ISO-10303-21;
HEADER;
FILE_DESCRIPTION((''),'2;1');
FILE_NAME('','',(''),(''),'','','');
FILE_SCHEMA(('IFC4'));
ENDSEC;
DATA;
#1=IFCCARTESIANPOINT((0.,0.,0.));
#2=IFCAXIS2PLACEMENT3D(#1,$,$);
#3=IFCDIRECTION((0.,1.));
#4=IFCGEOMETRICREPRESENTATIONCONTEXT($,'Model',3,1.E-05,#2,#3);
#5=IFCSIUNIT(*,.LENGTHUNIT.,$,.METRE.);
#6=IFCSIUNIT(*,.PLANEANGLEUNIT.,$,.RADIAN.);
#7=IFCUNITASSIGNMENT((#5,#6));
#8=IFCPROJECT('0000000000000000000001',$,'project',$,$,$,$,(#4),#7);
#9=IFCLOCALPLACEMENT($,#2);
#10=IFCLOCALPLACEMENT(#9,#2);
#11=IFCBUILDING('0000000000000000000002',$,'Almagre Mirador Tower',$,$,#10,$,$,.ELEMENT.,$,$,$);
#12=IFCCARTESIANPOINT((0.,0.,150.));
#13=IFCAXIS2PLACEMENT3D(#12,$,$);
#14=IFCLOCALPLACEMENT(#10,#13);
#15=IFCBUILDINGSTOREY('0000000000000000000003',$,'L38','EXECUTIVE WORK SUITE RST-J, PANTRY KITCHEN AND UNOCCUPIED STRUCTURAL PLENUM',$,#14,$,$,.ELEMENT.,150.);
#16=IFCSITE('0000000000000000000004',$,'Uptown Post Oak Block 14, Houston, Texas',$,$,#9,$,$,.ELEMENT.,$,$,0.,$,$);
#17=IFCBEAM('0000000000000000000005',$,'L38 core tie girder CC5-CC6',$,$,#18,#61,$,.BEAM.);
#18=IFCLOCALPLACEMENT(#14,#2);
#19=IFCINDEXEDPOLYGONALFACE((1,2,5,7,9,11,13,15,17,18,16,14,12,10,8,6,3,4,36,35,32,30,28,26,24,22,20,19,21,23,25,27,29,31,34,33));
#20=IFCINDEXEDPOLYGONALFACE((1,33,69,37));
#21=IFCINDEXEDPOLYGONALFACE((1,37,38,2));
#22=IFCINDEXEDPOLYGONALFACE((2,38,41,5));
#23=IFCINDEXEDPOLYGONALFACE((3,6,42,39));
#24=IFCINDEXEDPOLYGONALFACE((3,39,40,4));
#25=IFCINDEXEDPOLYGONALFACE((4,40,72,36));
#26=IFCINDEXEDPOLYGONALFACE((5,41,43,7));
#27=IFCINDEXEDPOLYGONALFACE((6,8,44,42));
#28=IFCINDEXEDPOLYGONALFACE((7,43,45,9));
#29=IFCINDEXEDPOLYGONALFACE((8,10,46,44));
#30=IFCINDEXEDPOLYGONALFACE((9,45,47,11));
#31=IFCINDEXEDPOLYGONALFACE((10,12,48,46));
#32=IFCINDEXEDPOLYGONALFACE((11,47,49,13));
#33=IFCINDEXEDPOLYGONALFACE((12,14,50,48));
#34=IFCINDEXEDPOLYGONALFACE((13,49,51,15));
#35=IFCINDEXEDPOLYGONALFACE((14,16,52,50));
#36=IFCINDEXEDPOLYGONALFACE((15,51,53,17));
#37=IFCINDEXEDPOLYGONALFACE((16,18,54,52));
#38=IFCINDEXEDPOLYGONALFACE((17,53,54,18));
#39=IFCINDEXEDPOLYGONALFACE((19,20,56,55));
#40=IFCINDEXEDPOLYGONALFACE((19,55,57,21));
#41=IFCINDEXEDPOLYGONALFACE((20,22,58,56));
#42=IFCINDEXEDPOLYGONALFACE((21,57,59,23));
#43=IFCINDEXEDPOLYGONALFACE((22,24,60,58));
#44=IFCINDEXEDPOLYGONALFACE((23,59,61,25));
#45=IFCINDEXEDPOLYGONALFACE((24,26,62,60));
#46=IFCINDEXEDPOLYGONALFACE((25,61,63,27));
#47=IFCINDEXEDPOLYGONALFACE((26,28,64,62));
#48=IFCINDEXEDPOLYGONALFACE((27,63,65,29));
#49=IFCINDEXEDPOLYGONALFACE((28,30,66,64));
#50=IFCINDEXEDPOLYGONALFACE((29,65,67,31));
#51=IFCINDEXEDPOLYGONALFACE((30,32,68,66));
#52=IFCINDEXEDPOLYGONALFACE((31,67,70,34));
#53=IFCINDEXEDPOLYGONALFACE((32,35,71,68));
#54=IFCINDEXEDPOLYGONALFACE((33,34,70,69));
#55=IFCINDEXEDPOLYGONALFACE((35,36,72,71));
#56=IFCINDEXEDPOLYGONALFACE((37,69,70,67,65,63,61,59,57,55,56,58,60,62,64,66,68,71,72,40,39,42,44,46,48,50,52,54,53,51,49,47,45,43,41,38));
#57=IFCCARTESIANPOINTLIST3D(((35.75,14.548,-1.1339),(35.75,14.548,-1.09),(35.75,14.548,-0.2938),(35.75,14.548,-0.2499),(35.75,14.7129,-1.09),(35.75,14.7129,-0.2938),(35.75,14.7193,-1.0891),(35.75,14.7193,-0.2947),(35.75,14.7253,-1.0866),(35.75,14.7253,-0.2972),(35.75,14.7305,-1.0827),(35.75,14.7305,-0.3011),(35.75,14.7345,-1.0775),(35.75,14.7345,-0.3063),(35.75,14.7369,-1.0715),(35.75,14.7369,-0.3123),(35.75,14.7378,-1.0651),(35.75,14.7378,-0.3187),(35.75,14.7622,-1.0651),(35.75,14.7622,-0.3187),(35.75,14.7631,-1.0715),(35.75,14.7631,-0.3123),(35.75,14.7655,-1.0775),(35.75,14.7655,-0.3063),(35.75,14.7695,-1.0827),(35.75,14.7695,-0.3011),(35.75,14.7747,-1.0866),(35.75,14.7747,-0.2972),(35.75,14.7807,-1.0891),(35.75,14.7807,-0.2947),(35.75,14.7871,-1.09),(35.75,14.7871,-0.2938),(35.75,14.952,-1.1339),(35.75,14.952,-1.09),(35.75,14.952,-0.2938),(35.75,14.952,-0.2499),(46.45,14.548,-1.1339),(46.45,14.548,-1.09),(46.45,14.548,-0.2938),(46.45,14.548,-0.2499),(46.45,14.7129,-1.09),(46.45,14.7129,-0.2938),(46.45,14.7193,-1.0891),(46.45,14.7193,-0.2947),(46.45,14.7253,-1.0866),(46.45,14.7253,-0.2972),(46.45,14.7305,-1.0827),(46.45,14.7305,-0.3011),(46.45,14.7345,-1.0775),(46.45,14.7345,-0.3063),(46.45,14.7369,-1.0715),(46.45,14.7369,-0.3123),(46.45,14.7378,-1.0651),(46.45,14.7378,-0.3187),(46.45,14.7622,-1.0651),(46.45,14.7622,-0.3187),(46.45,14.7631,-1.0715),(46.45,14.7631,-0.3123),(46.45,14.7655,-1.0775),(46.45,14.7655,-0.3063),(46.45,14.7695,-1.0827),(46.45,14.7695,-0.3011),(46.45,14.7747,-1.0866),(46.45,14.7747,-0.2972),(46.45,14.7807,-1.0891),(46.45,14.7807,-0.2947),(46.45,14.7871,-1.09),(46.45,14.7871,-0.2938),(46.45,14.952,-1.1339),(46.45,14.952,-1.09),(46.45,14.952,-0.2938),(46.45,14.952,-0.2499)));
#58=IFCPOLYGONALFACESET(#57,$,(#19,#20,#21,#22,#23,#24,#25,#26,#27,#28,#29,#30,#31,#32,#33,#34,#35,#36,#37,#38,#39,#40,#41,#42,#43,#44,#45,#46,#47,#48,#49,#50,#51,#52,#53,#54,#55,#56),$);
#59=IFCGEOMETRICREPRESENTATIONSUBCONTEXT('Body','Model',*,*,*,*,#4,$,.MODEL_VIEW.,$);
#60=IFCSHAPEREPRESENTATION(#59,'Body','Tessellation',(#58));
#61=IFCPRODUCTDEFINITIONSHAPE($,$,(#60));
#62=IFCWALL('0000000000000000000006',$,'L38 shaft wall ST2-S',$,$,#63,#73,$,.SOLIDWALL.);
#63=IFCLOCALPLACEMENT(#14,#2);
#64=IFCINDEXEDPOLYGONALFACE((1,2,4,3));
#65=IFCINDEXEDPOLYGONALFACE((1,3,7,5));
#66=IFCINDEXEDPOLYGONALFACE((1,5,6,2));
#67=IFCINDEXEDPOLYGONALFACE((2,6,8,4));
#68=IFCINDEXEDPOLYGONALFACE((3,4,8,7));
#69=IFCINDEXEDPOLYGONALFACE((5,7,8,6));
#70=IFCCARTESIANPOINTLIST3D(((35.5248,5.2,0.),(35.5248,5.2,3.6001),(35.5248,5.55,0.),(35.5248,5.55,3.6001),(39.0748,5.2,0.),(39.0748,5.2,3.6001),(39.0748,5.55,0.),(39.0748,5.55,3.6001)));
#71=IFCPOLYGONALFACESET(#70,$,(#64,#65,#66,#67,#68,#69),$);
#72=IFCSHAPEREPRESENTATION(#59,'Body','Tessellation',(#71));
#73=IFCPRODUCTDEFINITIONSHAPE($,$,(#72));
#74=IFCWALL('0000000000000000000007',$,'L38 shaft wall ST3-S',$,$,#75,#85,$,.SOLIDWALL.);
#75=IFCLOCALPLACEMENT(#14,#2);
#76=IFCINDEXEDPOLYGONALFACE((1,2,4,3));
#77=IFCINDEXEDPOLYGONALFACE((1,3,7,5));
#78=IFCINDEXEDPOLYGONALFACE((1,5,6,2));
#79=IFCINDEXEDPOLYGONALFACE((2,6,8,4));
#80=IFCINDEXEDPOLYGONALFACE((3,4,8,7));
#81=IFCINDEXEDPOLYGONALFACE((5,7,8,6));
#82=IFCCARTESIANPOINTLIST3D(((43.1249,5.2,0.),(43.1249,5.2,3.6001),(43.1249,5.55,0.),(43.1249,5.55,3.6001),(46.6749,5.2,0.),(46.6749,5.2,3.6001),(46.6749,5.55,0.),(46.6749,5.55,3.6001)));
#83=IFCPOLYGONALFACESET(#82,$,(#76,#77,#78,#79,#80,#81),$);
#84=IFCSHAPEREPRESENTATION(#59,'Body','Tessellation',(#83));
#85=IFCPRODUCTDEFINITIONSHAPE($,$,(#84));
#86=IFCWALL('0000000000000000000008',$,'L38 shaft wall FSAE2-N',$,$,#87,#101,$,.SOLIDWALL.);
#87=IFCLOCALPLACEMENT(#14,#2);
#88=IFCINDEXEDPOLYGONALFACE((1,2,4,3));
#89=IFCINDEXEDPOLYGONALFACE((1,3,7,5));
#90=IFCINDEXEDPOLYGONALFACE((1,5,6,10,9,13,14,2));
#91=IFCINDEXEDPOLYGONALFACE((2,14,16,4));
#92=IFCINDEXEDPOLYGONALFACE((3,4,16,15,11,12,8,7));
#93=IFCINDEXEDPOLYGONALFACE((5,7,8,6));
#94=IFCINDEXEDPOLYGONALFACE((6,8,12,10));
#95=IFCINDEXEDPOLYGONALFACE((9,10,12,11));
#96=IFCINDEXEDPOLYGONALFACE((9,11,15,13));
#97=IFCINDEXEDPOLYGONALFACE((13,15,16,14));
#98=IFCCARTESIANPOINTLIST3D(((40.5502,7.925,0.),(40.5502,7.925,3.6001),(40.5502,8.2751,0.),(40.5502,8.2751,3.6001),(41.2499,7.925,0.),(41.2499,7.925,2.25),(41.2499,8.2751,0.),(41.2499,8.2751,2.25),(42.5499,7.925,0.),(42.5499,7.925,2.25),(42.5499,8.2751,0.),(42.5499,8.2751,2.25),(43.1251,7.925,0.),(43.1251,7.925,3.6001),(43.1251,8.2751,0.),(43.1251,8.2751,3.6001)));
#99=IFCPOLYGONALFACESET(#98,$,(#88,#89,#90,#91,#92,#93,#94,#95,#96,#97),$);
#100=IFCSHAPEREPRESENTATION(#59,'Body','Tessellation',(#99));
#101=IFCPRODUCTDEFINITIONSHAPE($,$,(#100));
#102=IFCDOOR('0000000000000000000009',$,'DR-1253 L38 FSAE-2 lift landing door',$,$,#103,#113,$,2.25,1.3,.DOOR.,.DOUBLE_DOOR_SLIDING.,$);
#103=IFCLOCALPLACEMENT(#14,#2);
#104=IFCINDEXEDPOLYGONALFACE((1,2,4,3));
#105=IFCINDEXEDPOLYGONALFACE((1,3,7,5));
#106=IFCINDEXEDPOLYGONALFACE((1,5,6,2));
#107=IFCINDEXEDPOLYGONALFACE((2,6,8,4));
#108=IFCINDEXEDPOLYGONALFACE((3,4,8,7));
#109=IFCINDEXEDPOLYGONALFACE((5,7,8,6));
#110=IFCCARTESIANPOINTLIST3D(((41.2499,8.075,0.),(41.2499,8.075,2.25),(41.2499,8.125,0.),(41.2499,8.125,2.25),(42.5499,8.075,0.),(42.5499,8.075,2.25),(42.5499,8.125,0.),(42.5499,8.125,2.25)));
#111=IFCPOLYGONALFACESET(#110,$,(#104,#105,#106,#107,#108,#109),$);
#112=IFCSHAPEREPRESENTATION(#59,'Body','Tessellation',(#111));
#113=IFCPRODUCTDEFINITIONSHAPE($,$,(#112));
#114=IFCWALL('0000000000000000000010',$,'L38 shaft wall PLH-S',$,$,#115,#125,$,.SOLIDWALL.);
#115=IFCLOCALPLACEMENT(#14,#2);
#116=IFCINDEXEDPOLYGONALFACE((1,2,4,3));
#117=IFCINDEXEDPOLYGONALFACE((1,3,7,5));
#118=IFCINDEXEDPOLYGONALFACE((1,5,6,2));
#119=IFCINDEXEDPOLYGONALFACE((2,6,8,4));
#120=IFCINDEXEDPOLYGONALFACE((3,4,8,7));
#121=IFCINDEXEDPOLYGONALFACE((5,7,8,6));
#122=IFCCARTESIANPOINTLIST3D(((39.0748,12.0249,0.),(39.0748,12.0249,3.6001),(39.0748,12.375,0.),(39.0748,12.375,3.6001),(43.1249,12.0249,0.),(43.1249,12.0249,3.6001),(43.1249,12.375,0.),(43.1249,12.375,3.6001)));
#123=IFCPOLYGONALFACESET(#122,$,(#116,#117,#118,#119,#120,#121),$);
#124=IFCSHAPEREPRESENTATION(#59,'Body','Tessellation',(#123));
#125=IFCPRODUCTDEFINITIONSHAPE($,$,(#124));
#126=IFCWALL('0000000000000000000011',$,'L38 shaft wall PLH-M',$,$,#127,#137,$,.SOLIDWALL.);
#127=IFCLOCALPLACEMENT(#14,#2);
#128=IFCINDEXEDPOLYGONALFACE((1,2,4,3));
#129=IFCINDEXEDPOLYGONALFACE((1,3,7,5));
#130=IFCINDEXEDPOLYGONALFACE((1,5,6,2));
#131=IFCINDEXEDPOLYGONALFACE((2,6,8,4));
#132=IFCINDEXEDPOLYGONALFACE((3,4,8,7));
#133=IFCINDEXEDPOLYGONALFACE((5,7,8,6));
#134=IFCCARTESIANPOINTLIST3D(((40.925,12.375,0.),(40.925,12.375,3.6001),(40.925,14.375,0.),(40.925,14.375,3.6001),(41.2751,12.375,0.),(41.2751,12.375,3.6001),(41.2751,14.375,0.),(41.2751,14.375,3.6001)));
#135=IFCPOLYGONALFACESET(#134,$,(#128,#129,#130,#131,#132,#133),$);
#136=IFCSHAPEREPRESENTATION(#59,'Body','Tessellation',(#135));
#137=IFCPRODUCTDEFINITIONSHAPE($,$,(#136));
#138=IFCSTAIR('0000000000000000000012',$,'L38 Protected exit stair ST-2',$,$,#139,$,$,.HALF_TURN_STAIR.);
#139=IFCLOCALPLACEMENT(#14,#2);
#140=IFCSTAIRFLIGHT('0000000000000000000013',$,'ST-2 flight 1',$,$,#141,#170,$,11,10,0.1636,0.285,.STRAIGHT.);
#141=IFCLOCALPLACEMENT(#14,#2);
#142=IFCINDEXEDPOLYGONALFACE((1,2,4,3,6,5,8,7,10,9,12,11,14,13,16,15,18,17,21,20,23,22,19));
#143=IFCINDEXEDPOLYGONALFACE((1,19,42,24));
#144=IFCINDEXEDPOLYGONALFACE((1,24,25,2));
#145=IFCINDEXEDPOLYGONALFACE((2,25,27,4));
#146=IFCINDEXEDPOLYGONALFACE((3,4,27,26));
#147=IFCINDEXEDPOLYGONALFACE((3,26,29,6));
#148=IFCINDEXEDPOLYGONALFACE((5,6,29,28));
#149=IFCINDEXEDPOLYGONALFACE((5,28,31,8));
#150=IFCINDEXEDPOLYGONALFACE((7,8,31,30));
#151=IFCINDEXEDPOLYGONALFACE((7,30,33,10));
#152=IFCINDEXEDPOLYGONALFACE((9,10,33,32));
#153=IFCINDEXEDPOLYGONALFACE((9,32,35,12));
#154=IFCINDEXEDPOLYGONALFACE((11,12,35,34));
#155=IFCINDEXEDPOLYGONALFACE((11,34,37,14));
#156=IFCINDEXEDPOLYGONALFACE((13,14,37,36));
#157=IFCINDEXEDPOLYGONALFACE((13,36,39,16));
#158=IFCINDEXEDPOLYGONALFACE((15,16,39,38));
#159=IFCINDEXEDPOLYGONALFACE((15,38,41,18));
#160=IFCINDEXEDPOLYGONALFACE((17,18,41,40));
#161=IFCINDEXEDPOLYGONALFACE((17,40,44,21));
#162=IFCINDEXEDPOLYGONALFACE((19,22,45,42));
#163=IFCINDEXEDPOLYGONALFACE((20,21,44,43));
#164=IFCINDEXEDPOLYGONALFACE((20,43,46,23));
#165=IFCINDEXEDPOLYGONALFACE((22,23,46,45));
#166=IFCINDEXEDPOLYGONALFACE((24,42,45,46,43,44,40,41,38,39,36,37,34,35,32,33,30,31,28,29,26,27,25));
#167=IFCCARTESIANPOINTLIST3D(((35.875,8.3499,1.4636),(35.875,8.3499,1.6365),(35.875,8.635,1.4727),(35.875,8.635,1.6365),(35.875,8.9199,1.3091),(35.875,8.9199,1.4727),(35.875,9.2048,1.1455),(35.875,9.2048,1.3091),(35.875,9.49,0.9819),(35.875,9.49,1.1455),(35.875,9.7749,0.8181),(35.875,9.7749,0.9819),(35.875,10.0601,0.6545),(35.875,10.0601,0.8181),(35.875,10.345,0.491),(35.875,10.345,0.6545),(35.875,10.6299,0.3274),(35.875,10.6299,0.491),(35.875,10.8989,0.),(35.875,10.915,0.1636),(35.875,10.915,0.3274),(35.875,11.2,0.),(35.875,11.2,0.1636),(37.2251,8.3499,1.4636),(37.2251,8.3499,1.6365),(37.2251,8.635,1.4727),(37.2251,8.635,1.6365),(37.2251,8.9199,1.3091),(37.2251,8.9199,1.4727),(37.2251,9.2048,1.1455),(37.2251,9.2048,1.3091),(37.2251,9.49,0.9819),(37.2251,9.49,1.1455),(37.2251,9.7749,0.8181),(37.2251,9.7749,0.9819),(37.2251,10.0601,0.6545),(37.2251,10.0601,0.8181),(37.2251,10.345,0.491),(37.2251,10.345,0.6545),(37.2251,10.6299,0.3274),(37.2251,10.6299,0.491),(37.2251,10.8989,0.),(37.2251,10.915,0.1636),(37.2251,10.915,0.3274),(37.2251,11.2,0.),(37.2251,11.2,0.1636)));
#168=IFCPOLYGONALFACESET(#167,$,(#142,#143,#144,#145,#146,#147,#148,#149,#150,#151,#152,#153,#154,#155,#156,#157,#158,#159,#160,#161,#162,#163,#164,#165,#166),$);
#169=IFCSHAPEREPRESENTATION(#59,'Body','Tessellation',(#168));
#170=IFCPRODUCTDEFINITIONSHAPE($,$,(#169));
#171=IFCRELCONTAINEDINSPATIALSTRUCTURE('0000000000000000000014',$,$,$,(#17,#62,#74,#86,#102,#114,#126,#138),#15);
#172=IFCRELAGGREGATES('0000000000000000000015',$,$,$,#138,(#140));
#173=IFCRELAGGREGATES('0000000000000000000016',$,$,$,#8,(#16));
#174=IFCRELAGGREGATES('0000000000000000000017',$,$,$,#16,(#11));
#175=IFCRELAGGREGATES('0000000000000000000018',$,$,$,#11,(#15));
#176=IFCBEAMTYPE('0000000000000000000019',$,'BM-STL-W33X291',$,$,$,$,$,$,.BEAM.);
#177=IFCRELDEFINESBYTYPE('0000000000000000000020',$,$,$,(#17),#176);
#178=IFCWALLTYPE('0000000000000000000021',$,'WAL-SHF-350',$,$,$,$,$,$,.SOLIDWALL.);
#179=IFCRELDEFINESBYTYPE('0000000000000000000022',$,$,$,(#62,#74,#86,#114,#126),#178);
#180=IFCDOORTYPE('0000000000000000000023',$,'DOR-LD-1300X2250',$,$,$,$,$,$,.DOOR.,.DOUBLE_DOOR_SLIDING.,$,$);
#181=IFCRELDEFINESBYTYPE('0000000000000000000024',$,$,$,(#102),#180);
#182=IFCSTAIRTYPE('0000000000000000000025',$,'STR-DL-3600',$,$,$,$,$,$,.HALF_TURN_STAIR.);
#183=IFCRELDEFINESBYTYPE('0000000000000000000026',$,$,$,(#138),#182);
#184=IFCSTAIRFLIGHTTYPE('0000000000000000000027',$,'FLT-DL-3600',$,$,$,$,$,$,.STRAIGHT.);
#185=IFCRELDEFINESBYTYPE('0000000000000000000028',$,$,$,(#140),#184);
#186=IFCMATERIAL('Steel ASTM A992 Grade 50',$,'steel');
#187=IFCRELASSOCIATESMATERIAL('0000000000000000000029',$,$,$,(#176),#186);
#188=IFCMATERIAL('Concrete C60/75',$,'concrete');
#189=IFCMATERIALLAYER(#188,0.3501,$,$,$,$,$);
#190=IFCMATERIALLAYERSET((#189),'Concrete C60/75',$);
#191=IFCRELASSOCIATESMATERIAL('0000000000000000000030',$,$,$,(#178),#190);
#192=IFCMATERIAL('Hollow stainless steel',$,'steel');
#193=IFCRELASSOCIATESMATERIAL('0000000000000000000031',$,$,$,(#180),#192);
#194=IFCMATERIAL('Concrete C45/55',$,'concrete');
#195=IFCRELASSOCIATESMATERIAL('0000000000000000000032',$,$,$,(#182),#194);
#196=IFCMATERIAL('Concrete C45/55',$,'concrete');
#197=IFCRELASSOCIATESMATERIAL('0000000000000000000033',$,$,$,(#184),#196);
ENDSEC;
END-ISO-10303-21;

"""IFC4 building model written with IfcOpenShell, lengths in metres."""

from ifc_helpers import new_model, si_unit, direction, frame, frame_2d, origin, origin_2d, place, context, subcontext, project, spatial, polyline, rectangle, i_section, outline, extrude, material, layer, layer_set, material_profile, profile_set, type_object, element, fill, aggregate, save


model = new_model("IFC4")

# Units and contexts
model_context = context("Model", 3, precision=1e-05, world=origin(), true_north=direction((0.0, 1.0)))
body_context = subcontext(model_context, "Body", "Model", "MODEL_VIEW")
ifc_project = project(units=[si_unit("LENGTHUNIT", "METRE"), si_unit("PLANEANGLEUNIT", "RADIAN")], contexts=[model_context])

# Site, building, storey
site_placement = place(None, origin())
site = spatial("IfcSite", under=ifc_project, at=site_placement, Name="Uptown Post Oak Block 14, Houston, Texas", CompositionType="ELEMENT", RefElevation=0.0)
building_placement = place(site_placement, origin())
building = spatial("IfcBuilding", under=site, at=building_placement, Name="Almagre Mirador Tower", CompositionType="ELEMENT")
storey_placement = place(building_placement, frame((0.0, 0.0, 150.0)))
storey = spatial("IfcBuildingStorey", under=building, at=storey_placement, Name="L38", Description="EXECUTIVE WORK SUITE RST-J, PANTRY KITCHEN AND UNOCCUPIED STRUCTURAL PLENUM", CompositionType="ELEMENT", Elevation=150.0)

# Beam
ifc_material_1 = material(Name="Steel ASTM A992 Grade 50", Category="steel")
ifc_material_profile = material_profile(ifc_material_1, i_section(OverallWidth=0.4041, OverallDepth=0.884, WebThickness=0.0244, FlangeThickness=0.0439, FilletRadius=0.0249, at=origin_2d()), Name="W33X291")
ifc_profile_set = profile_set([ifc_material_profile], Name="Steel ASTM A992 Grade 50")
beam_type = type_object("IfcBeamType", Name="BM-STL-W33X291", PredefinedType="BEAM", material=ifc_profile_set)
beam_placement = place(storey_placement, frame((35.75, 14.75, -0.6919), z_axis=(1.0, 0.0, 0.0), x_axis=(0.0, 1.0, 0.0)))
element("IfcBeam", 1, at=beam_placement, inside=storey, type_object=beam_type, Name="L38 core tie girder CC5-CC6", PredefinedType="BEAM", context=body_context, shape_type="SweptSolid", body=[
    extrude(i_section(OverallWidth=0.4041, OverallDepth=0.884, WebThickness=0.0244, FlangeThickness=0.0439, FilletRadius=0.0249, at=origin_2d()), origin(), (0.0, 0.0, 1.0), 10.7),
])

# Walls
ifc_material_2 = material(Name="Concrete C60/75", Category="concrete")
ifc_layer_1 = layer(ifc_material_2, 0.3501)
ifc_layer_set_1 = layer_set([ifc_layer_1], Name="Concrete C60/75")
wall_type_1 = type_object("IfcWallType", Name="WAL-SHF-350", PredefinedType="SOLIDWALL", material=ifc_layer_set_1)
for number, where, z_axis, x_axis, name in (
    (2, (35.5249, 5.375, 0.0), (0.0, 0.0, 1.0), (1.0, 0.0, 0.0), "L38 shaft wall ST2-S"),
    (3, (43.125, 5.375, 0.0), (0.0, 0.0, 1.0), (1.0, 0.0, 0.0), "L38 shaft wall ST3-S"),
):
    element("IfcWall", number, at=place(storey_placement, frame(where, z_axis=z_axis, x_axis=x_axis)), inside=storey, type_object=wall_type_1, Name=name, PredefinedType="SOLIDWALL", context=body_context, shape_type="SweptSolid", body=[
        extrude(rectangle(XDim=3.55, YDim=0.3501, at=frame_2d((1.7749, 0.0))), origin(), (0.0, 0.0, 1.0), 3.6001),
    ])

# Wall, opening, door
wall_1_placement = place(storey_placement, frame((40.55, 8.1001, 0.0), z_axis=(0.0, 0.0, 1.0), x_axis=(1.0, 0.0, 0.0)))
wall_1 = element("IfcWall", 4, at=wall_1_placement, inside=storey, type_object=wall_type_1, Name="L38 shaft wall FSAE2-N", PredefinedType="SOLIDWALL", context=body_context, shape_type="SweptSolid", body=[
    extrude(rectangle(XDim=2.575, YDim=0.3501, at=frame_2d((1.2876, 0.0))), origin(), (0.0, 0.0, 1.0), 3.6001),
])
opening_1_placement = place(wall_1_placement, frame((0.7, 0.0, 0.0)))
opening_1 = element("IfcOpeningElement", 5, at=opening_1_placement, cuts=wall_1, PredefinedType="OPENING", context=body_context, shape_type="SweptSolid", body=[
    extrude(rectangle(XDim=1.3, YDim=2.25, at=frame_2d((0.6499, 1.125))), frame((0.0, 0.185, 0.0), z_axis=(0.0, -1.0, 0.0), x_axis=(1.0, 0.0, 0.0)), (0.0, 0.0, 1.0), 0.3701),
])
ifc_material_3 = material(Name="Hollow stainless steel", Category="steel")
door_type_1 = type_object("IfcDoorType", Name="DOR-LD-1300X2250", OperationType="DOUBLE_DOOR_SLIDING", PredefinedType="DOOR", material=ifc_material_3)
door_1_placement = place(opening_1_placement, origin())
door_1 = element("IfcDoor", 6, at=door_1_placement, inside=storey, type_object=door_type_1, Name="DR-1253 L38 FSAE-2 lift landing door", OperationType="DOUBLE_DOOR_SLIDING", OverallHeight=2.25, OverallWidth=1.3, PredefinedType="DOOR", context=body_context, shape_type="SweptSolid", body=[
    extrude(rectangle(XDim=1.3, YDim=2.25, at=frame_2d((0.6499, 1.125))), frame((0.0, 0.0249, 0.0), z_axis=(0.0, -1.0, 0.0), x_axis=(1.0, 0.0, 0.0)), (0.0, 0.0, 1.0), 0.05),
])
fill(opening_1, door_1)

# Walls
wall_2_placement = place(storey_placement, frame((39.075, 12.2, 0.0), z_axis=(0.0, 0.0, 1.0), x_axis=(1.0, 0.0, 0.0)))
element("IfcWall", 7, at=wall_2_placement, inside=storey, type_object=wall_type_1, Name="L38 shaft wall PLH-S", PredefinedType="SOLIDWALL", context=body_context, shape_type="SweptSolid", body=[
    extrude(rectangle(XDim=4.05, YDim=0.3501, at=frame_2d((2.0249, 0.0))), origin(), (0.0, 0.0, 1.0), 3.6001),
])
wall_3_placement = place(storey_placement, frame((41.1001, 12.375, 0.0), z_axis=(0.0, 0.0, 1.0), x_axis=(0.0, 1.0, 0.0)))
element("IfcWall", 8, at=wall_3_placement, inside=storey, type_object=wall_type_1, Name="L38 shaft wall PLH-M", PredefinedType="SOLIDWALL", context=body_context, shape_type="SweptSolid", body=[
    extrude(rectangle(XDim=2.0, YDim=0.3501, at=frame_2d((1.0, 0.0))), origin(), (0.0, 0.0, 1.0), 3.6001),
])

# Stair, stair flight
ifc_material_4 = material(Name="Concrete C45/55", Category="concrete")
stair_type = type_object("IfcStairType", Name="STR-DL-3600", PredefinedType="HALF_TURN_STAIR", material=ifc_material_4)
stair_1_placement = place(storey_placement, origin())
stair_1 = element("IfcStair", 9, at=stair_1_placement, inside=storey, type_object=stair_type, Name="L38 Protected exit stair ST-2", PredefinedType="HALF_TURN_STAIR")
ifc_material_5 = material(Name="Concrete C45/55", Category="concrete")
stair_flight_type = type_object("IfcStairFlightType", Name="FLT-DL-3600", PredefinedType="STRAIGHT", material=ifc_material_5)
stair_flight_1_placement = place(storey_placement, frame((36.55, 11.2, 0.0), z_axis=(0.0, 0.0, 1.0), x_axis=(0.0, -1.0, 0.0)))
stair_flight_1 = element("IfcStairFlight", 10, at=stair_flight_1_placement, type_object=stair_flight_type, Name="ST-2 flight 1", NumberOfRisers=11, NumberOfTreads=10, PredefinedType="STRAIGHT", RiserHeight=0.1636, TreadLength=0.285, context=body_context, shape_type="SweptSolid", body=[
    extrude(outline(polyline([(0.0, 0.0), (0.0, 0.1636), (0.2849, 0.1636), (0.2849, 0.3274), (0.5701, 0.3274), (0.5701, 0.491), (0.855, 0.491), (0.855, 0.6545), (1.1399, 0.6545), (1.1399, 0.8181), (1.425, 0.8181), (1.425, 0.9819), (1.71, 0.9819), (1.71, 1.1455), (1.9951, 1.1455), (1.9951, 1.3091), (2.28, 1.3091), (2.28, 1.4727), (2.5649, 1.4727), (2.5649, 1.6365), (2.8501, 1.6365), (2.8501, 1.8), (2.8501, 1.4636), (0.301, 0.0), (0.0, 0.0)])), frame((0.0, 0.675, 0.0), z_axis=(0.0, -1.0, 0.0), x_axis=(1.0, 0.0, 0.0)), (0.0, 0.0, 1.0), 1.3501),
])
aggregate(stair_1, [stair_flight_1])

save(model, "model.ifc")
